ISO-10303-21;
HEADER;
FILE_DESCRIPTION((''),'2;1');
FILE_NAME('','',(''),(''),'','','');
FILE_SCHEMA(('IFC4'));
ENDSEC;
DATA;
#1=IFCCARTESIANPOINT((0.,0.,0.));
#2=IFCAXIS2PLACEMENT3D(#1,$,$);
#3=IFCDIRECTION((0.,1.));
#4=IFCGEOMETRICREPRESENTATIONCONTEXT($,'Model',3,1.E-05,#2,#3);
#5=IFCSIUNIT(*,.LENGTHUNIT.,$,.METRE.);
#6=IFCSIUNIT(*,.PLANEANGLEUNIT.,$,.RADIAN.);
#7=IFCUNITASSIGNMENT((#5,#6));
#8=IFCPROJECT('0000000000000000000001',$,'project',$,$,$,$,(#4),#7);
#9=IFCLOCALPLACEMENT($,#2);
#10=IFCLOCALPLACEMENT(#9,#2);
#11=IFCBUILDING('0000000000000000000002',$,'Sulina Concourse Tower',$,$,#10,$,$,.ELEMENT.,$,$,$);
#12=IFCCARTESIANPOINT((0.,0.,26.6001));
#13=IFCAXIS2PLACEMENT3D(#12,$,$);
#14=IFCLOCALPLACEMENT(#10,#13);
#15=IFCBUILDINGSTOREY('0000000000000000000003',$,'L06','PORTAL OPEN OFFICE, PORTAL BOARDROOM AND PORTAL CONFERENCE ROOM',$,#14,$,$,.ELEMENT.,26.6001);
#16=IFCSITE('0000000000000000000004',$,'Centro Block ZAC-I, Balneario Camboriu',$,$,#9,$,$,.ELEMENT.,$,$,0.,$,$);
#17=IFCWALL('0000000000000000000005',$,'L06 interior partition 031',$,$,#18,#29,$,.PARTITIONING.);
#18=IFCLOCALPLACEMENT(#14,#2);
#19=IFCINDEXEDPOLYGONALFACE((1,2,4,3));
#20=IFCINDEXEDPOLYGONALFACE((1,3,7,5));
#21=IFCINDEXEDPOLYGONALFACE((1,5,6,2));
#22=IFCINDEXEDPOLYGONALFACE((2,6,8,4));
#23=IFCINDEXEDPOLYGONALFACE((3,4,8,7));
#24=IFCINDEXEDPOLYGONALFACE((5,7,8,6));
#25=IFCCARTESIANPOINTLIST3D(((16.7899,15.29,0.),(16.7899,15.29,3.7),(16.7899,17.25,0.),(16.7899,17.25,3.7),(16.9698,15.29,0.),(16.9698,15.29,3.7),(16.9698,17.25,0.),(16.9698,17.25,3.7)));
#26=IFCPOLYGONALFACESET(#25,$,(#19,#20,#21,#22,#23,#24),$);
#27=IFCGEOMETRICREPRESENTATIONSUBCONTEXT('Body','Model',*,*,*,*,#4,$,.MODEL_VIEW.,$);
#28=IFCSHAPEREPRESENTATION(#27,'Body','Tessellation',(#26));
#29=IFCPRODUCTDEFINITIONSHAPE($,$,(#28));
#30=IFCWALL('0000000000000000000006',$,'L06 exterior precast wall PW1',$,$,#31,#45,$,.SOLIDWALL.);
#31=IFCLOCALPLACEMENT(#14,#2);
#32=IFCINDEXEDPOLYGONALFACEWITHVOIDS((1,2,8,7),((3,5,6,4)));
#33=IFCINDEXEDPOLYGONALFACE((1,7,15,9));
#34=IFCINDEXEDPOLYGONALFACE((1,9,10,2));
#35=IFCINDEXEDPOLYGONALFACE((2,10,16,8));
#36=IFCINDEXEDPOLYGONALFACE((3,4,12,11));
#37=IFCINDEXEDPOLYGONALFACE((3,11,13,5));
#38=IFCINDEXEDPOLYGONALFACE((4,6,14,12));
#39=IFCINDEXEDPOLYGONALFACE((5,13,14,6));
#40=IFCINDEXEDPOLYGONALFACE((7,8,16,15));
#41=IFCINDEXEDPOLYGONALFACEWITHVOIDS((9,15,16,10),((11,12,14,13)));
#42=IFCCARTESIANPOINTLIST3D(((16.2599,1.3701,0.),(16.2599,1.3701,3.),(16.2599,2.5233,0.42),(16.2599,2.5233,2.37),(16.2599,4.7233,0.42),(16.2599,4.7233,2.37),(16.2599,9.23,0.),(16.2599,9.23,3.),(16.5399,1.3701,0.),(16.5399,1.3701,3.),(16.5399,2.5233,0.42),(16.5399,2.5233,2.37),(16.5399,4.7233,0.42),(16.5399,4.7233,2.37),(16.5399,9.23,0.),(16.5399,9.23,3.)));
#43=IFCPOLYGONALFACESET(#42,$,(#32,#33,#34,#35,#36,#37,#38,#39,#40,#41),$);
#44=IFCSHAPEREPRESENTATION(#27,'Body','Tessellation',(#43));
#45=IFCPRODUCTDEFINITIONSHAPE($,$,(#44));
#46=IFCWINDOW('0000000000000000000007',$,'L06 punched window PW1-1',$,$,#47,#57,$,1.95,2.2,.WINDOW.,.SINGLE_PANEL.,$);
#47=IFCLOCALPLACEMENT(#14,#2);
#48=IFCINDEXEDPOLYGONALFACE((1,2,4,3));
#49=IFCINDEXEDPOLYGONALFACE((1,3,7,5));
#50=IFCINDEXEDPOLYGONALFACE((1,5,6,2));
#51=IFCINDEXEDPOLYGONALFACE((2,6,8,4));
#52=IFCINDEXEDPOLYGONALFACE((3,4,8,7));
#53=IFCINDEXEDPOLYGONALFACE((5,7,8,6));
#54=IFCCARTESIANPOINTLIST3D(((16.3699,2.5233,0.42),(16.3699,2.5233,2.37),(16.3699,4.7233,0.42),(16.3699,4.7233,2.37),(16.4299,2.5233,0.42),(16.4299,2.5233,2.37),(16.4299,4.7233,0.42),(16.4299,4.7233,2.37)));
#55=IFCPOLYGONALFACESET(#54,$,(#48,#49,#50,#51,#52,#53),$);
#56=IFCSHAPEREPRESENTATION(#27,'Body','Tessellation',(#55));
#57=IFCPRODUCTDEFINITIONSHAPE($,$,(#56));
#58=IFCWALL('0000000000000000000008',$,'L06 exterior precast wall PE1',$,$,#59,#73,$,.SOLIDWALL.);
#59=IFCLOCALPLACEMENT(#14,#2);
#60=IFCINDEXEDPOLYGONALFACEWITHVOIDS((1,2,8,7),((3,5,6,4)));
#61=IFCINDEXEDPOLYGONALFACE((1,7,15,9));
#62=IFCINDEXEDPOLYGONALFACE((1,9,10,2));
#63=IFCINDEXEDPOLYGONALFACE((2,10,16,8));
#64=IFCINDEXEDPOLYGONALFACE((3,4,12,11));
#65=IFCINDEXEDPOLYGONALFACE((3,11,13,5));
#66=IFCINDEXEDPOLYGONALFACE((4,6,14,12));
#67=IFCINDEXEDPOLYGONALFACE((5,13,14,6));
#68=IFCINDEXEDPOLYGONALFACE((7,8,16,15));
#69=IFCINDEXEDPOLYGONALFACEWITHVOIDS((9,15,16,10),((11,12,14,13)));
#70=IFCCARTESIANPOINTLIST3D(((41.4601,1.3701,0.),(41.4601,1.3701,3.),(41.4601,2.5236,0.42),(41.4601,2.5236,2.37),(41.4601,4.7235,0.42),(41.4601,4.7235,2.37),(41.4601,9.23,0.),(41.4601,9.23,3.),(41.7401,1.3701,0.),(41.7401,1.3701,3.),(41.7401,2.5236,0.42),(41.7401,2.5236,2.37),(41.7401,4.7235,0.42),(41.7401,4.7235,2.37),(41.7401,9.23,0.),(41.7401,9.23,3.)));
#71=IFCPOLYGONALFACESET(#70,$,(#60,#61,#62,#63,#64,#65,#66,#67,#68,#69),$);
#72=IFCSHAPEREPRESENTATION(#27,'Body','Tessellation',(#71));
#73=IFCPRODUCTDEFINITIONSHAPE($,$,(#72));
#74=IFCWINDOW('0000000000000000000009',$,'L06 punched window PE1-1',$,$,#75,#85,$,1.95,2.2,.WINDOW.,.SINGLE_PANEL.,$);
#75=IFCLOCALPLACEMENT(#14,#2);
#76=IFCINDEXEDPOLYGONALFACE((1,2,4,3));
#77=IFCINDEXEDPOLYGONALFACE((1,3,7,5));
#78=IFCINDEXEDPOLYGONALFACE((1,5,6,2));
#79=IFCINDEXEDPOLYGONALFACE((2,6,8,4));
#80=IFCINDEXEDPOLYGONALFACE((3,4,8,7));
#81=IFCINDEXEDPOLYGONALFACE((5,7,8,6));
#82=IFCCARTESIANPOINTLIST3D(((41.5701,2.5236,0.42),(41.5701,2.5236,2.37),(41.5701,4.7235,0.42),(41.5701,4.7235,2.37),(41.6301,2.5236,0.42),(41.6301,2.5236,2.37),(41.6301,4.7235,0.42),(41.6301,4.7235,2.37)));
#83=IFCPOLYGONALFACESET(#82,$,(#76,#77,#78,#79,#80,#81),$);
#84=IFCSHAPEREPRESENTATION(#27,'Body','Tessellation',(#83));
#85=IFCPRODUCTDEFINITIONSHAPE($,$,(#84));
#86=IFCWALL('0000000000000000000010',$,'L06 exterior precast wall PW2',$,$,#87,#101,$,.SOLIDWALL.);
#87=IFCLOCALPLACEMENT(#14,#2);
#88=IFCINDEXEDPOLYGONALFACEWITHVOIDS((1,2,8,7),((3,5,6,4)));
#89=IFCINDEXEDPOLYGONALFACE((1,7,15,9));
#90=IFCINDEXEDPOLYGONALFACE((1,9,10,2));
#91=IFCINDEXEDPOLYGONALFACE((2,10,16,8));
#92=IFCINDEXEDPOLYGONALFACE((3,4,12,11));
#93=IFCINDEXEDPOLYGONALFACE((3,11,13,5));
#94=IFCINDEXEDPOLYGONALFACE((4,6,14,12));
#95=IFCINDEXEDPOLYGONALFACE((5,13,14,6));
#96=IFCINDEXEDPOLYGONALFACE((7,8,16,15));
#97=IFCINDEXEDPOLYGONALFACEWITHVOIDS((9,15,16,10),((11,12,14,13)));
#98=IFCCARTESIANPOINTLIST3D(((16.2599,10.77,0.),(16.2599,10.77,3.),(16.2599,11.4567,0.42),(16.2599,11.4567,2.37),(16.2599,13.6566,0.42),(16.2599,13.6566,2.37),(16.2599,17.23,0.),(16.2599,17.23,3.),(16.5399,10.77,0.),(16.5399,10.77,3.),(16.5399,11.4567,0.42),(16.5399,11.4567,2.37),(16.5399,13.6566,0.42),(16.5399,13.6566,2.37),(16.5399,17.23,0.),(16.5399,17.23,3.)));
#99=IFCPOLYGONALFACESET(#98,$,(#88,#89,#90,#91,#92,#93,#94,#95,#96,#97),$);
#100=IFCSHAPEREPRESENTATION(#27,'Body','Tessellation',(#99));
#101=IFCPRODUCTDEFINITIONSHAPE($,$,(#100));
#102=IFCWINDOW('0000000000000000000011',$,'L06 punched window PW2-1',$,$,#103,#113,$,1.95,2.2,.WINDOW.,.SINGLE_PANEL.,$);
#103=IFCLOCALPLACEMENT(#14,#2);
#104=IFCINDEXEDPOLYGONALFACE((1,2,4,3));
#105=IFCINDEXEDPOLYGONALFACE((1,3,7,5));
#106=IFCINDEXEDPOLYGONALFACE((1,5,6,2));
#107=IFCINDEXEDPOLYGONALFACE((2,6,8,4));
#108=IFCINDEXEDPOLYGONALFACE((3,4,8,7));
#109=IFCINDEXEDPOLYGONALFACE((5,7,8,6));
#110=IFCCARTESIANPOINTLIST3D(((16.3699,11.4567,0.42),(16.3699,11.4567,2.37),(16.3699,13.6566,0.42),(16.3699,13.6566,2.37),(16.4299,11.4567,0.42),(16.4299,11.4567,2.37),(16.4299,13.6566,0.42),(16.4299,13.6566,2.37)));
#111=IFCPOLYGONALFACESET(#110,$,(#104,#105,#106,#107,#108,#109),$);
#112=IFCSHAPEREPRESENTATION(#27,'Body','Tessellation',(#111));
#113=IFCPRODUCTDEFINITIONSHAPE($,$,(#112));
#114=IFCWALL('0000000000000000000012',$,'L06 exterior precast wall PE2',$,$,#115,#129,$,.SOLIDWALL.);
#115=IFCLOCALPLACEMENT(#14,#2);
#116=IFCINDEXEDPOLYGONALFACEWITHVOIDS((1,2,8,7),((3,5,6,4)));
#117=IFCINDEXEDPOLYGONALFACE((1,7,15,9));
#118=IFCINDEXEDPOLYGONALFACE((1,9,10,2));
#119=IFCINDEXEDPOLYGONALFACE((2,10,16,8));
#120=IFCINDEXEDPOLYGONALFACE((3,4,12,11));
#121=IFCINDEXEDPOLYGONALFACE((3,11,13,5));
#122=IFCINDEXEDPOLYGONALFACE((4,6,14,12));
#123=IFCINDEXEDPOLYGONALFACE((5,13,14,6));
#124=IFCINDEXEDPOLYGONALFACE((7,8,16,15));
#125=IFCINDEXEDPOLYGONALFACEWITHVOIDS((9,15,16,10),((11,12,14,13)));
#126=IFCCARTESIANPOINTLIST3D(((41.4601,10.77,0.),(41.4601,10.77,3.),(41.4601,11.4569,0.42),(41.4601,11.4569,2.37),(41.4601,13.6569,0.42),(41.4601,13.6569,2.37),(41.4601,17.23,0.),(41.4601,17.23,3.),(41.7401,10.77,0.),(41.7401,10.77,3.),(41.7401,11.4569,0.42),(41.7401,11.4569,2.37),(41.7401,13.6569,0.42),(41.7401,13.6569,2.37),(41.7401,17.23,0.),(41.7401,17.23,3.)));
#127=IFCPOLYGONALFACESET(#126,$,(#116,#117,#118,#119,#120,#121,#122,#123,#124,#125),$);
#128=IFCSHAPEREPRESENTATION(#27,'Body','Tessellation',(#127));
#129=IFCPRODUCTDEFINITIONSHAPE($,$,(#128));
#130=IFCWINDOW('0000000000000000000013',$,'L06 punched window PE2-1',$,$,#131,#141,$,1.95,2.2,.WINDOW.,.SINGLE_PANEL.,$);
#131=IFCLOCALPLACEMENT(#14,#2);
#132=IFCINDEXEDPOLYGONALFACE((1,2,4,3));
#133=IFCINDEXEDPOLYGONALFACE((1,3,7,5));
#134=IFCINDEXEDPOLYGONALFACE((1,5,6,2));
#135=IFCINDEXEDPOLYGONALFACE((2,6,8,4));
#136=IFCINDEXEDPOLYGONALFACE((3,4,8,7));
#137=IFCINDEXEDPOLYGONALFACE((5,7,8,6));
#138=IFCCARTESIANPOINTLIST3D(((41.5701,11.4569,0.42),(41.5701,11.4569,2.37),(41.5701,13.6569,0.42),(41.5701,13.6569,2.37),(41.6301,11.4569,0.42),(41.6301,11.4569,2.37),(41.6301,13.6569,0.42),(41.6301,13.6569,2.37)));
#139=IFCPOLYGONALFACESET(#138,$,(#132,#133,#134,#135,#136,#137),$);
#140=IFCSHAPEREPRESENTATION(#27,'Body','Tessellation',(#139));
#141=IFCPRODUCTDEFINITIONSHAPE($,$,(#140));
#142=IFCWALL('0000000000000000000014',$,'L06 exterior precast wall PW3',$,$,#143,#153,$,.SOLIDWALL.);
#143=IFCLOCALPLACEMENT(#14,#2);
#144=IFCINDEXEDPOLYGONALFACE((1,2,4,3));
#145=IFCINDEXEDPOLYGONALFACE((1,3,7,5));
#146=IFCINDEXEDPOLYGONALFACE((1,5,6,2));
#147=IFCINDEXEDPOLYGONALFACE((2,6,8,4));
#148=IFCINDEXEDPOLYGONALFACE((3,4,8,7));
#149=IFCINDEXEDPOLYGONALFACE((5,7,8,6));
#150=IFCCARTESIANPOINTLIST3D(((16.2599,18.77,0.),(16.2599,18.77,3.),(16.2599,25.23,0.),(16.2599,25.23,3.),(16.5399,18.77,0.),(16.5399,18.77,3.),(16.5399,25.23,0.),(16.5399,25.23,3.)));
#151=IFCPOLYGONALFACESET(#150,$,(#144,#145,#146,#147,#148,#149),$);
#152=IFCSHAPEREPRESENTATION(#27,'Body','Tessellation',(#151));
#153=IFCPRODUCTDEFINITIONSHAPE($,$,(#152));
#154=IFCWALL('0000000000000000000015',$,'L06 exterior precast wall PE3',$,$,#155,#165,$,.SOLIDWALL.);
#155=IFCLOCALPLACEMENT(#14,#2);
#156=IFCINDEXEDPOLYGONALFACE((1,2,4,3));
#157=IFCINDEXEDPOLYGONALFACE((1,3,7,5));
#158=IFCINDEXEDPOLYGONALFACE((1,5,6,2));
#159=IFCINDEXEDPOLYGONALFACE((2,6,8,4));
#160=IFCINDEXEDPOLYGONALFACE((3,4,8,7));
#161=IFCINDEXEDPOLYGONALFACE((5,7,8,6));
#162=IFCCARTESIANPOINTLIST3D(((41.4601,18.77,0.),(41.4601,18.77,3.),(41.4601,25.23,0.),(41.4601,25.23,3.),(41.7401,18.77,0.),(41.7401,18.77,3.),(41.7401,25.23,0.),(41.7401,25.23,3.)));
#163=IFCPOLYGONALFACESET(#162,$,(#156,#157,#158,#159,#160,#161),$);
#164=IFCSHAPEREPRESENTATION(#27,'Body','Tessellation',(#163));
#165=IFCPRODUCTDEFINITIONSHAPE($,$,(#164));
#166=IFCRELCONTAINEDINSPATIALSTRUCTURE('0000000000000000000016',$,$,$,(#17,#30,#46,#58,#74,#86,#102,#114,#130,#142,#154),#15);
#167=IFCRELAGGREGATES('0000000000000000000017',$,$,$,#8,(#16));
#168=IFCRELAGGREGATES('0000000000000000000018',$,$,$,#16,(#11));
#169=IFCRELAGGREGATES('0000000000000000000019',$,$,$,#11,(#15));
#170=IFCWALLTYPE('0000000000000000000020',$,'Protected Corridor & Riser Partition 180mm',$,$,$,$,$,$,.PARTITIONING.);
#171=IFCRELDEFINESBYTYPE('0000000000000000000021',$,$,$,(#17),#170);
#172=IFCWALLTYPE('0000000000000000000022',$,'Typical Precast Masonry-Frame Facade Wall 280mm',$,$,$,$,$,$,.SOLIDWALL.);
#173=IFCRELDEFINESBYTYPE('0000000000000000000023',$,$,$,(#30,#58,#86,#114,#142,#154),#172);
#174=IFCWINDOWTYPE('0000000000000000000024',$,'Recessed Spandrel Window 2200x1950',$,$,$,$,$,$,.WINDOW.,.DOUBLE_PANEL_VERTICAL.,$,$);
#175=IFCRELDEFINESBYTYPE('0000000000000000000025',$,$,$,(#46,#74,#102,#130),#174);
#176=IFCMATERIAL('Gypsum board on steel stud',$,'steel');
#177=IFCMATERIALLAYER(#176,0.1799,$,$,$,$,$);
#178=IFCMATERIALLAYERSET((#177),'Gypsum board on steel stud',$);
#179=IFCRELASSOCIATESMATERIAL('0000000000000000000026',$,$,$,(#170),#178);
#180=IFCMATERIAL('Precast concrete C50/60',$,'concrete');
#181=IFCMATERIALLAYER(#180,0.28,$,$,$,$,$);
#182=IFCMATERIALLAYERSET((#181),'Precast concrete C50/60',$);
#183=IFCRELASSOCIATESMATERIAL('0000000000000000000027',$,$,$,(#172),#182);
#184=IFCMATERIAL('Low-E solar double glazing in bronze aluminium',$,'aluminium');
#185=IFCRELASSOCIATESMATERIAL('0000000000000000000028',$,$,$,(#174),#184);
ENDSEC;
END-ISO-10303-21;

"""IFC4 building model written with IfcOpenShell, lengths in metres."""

from ifc_helpers import new_model, si_unit, direction, frame, frame_2d, origin, place, context, subcontext, project, spatial, rectangle, extrude, material, layer, layer_set, type_object, element, fill, save


model = new_model("IFC4")

# Units and contexts
model_context = context("Model", 3, precision=1e-05, world=origin(), true_north=direction((0.0, 1.0)))
body_context = subcontext(model_context, "Body", "Model", "MODEL_VIEW")
ifc_project = project(units=[si_unit("LENGTHUNIT", "METRE"), si_unit("PLANEANGLEUNIT", "RADIAN")], contexts=[model_context])

# Site, building, storey
site_placement = place(None, origin())
site = spatial("IfcSite", under=ifc_project, at=site_placement, Name="Centro Block ZAC-I, Balneario Camboriu", CompositionType="ELEMENT", RefElevation=0.0)
building_placement = place(site_placement, origin())
building = spatial("IfcBuilding", under=site, at=building_placement, Name="Sulina Concourse Tower", CompositionType="ELEMENT")
storey_placement = place(building_placement, frame((0.0, 0.0, 26.6001)))
storey = spatial("IfcBuildingStorey", under=building, at=storey_placement, Name="L06", Description="PORTAL OPEN OFFICE, PORTAL BOARDROOM AND PORTAL CONFERENCE ROOM", CompositionType="ELEMENT", Elevation=26.6001)

# Wall
ifc_material_1 = material(Name="Gypsum board on steel stud", Category="steel")
ifc_layer_1 = layer(ifc_material_1, 0.1799)
ifc_layer_set_1 = layer_set([ifc_layer_1], Name="Gypsum board on steel stud")
wall_type_1 = type_object("IfcWallType", Name="Protected Corridor & Riser Partition 180mm", PredefinedType="PARTITIONING", material=ifc_layer_set_1)
wall_1_placement = place(storey_placement, frame((16.8799, 15.29, 0.0), z_axis=(0.0, 0.0, 1.0), x_axis=(0.0, 1.0, 0.0)))
element("IfcWall", 1, at=wall_1_placement, inside=storey, type_object=wall_type_1, Name="L06 interior partition 031", PredefinedType="PARTITIONING", context=body_context, shape_type="SweptSolid", body=[
    extrude(rectangle(XDim=1.96, YDim=0.1799, at=frame_2d((0.98, 0.0))), origin(), (0.0, 0.0, 1.0), 3.7),
])

# Walls, openings, windows
ifc_material_2 = material(Name="Precast concrete C50/60", Category="concrete")
ifc_layer_2 = layer(ifc_material_2, 0.28)
ifc_layer_set_2 = layer_set([ifc_layer_2], Name="Precast concrete C50/60")
wall_type_2 = type_object("IfcWallType", Name="Typical Precast Masonry-Frame Facade Wall 280mm", PredefinedType="SOLIDWALL", material=ifc_layer_set_2)
wall_2_placement = place(storey_placement, frame((16.3999, 9.23, 0.0), z_axis=(0.0, 0.0, 1.0), x_axis=(0.0, -1.0, 0.0)))
wall_2 = element("IfcWall", 2, at=wall_2_placement, inside=storey, type_object=wall_type_2, Name="L06 exterior precast wall PW1", PredefinedType="SOLIDWALL", context=body_context, shape_type="SweptSolid", body=[
    extrude(rectangle(XDim=7.8599, YDim=0.28, at=frame_2d((3.9299, 0.0))), origin(), (0.0, 0.0, 1.0), 3.0),
])
opening_1_placement = place(wall_2_placement, frame((4.5066, 0.0, 0.4199)))
opening_1 = element("IfcOpeningElement", 3, at=opening_1_placement, cuts=wall_2, PredefinedType="OPENING", context=body_context, shape_type="SweptSolid", body=[
    extrude(rectangle(XDim=2.2, YDim=1.95, at=frame_2d((1.1001, 0.9751))), frame((0.0, 0.1499, 0.0), z_axis=(0.0, -1.0, 0.0), x_axis=(1.0, 0.0, 0.0)), (0.0, 0.0, 1.0), 0.3),
])
ifc_material_3 = material(Name="Low-E solar double glazing in bronze aluminium", Category="aluminium")
window_type = type_object("IfcWindowType", Name="Recessed Spandrel Window 2200x1950", PartitioningType="DOUBLE_PANEL_VERTICAL", PredefinedType="WINDOW", material=ifc_material_3)
window_1_placement = place(opening_1_placement, origin())
window_1 = element("IfcWindow", 4, at=window_1_placement, inside=storey, type_object=window_type, Name="L06 punched window PW1-1", OverallHeight=1.95, OverallWidth=2.2, PartitioningType="SINGLE_PANEL", PredefinedType="WINDOW", context=body_context, shape_type="SweptSolid", body=[
    extrude(rectangle(XDim=2.2, YDim=1.95, at=frame_2d((1.1001, 0.9751))), frame((0.0, 0.03, 0.0), z_axis=(0.0, -1.0, 0.0), x_axis=(1.0, 0.0, 0.0)), (0.0, 0.0, 1.0), 0.0601),
])
fill(opening_1, window_1)
wall_3_placement = place(storey_placement, frame((41.6001, 1.3701, 0.0), z_axis=(0.0, 0.0, 1.0), x_axis=(0.0, 1.0, 0.0)))
wall_3 = element("IfcWall", 5, at=wall_3_placement, inside=storey, type_object=wall_type_2, Name="L06 exterior precast wall PE1", PredefinedType="SOLIDWALL", context=body_context, shape_type="SweptSolid", body=[
    extrude(rectangle(XDim=7.8599, YDim=0.28, at=frame_2d((3.9299, 0.0))), origin(), (0.0, 0.0, 1.0), 3.0),
])
opening_2_placement = place(wall_3_placement, frame((1.1533, 0.0, 0.4199)))
opening_2 = element("IfcOpeningElement", 6, at=opening_2_placement, cuts=wall_3, PredefinedType="OPENING", context=body_context, shape_type="SweptSolid", body=[
    extrude(rectangle(XDim=2.2, YDim=1.95, at=frame_2d((1.1001, 0.9751))), frame((0.0, 0.1499, 0.0), z_axis=(0.0, -1.0, 0.0), x_axis=(1.0, 0.0, 0.0)), (0.0, 0.0, 1.0), 0.3),
])
window_2_placement = place(opening_2_placement, origin())
window_2 = element("IfcWindow", 7, at=window_2_placement, inside=storey, type_object=window_type, Name="L06 punched window PE1-1", OverallHeight=1.95, OverallWidth=2.2, PartitioningType="SINGLE_PANEL", PredefinedType="WINDOW", context=body_context, shape_type="SweptSolid", body=[
    extrude(rectangle(XDim=2.2, YDim=1.95, at=frame_2d((1.1001, 0.9751))), frame((0.0, 0.03, 0.0), z_axis=(0.0, -1.0, 0.0), x_axis=(1.0, 0.0, 0.0)), (0.0, 0.0, 1.0), 0.0601),
])
fill(opening_2, window_2)
wall_4_placement = place(storey_placement, frame((16.3999, 17.23, 0.0), z_axis=(0.0, 0.0, 1.0), x_axis=(0.0, -1.0, 0.0)))
wall_4 = element("IfcWall", 8, at=wall_4_placement, inside=storey, type_object=wall_type_2, Name="L06 exterior precast wall PW2", PredefinedType="SOLIDWALL", context=body_context, shape_type="SweptSolid", body=[
    extrude(rectangle(XDim=6.46, YDim=0.28, at=frame_2d((3.23, 0.0))), origin(), (0.0, 0.0, 1.0), 3.0),
])
opening_3_placement = place(wall_4_placement, frame((3.5732, 0.0, 0.4199)))
opening_3 = element("IfcOpeningElement", 9, at=opening_3_placement, cuts=wall_4, PredefinedType="OPENING", context=body_context, shape_type="SweptSolid", body=[
    extrude(rectangle(XDim=2.2, YDim=1.95, at=frame_2d((1.1001, 0.9751))), frame((0.0, 0.1499, 0.0), z_axis=(0.0, -1.0, 0.0), x_axis=(1.0, 0.0, 0.0)), (0.0, 0.0, 1.0), 0.3),
])
window_3_placement = place(opening_3_placement, origin())
window_3 = element("IfcWindow", 10, at=window_3_placement, inside=storey, type_object=window_type, Name="L06 punched window PW2-1", OverallHeight=1.95, OverallWidth=2.2, PartitioningType="SINGLE_PANEL", PredefinedType="WINDOW", context=body_context, shape_type="SweptSolid", body=[
    extrude(rectangle(XDim=2.2, YDim=1.95, at=frame_2d((1.1001, 0.9751))), frame((0.0, 0.03, 0.0), z_axis=(0.0, -1.0, 0.0), x_axis=(1.0, 0.0, 0.0)), (0.0, 0.0, 1.0), 0.0601),
])
fill(opening_3, window_3)
wall_5_placement = place(storey_placement, frame((41.6001, 10.77, 0.0), z_axis=(0.0, 0.0, 1.0), x_axis=(0.0, 1.0, 0.0)))
wall_5 = element("IfcWall", 11, at=wall_5_placement, inside=storey, type_object=wall_type_2, Name="L06 exterior precast wall PE2", PredefinedType="SOLIDWALL", context=body_context, shape_type="SweptSolid", body=[
    extrude(rectangle(XDim=6.46, YDim=0.28, at=frame_2d((3.23, 0.0))), origin(), (0.0, 0.0, 1.0), 3.0),
])
opening_4_placement = place(wall_5_placement, frame((0.6868, 0.0, 0.4199)))
opening_4 = element("IfcOpeningElement", 12, at=opening_4_placement, cuts=wall_5, PredefinedType="OPENING", context=body_context, shape_type="SweptSolid", body=[
    extrude(rectangle(XDim=2.2, YDim=1.95, at=frame_2d((1.1001, 0.9751))), frame((0.0, 0.1499, 0.0), z_axis=(0.0, -1.0, 0.0), x_axis=(1.0, 0.0, 0.0)), (0.0, 0.0, 1.0), 0.3),
])
window_4_placement = place(opening_4_placement, origin())
window_4 = element("IfcWindow", 13, at=window_4_placement, inside=storey, type_object=window_type, Name="L06 punched window PE2-1", OverallHeight=1.95, OverallWidth=2.2, PartitioningType="SINGLE_PANEL", PredefinedType="WINDOW", context=body_context, shape_type="SweptSolid", body=[
    extrude(rectangle(XDim=2.2, YDim=1.95, at=frame_2d((1.1001, 0.9751))), frame((0.0, 0.03, 0.0), z_axis=(0.0, -1.0, 0.0), x_axis=(1.0, 0.0, 0.0)), (0.0, 0.0, 1.0), 0.0601),
])
fill(opening_4, window_4)

# Walls
for number, where, z_axis, x_axis, name in (
    (14, (16.3999, 25.23, 0.0), (0.0, 0.0, 1.0), (0.0, -1.0, 0.0), "L06 exterior precast wall PW3"),
    (15, (41.6001, 18.77, 0.0), (0.0, 0.0, 1.0), (0.0, 1.0, 0.0), "L06 exterior precast wall PE3"),
):
    element("IfcWall", number, at=place(storey_placement, frame(where, z_axis=z_axis, x_axis=x_axis)), inside=storey, type_object=wall_type_2, Name=name, PredefinedType="SOLIDWALL", context=body_context, shape_type="SweptSolid", body=[
        extrude(rectangle(XDim=6.46, YDim=0.28, at=frame_2d((3.23, 0.0))), origin(), (0.0, 0.0, 1.0), 3.0),
    ])

save(model, "model.ifc")
